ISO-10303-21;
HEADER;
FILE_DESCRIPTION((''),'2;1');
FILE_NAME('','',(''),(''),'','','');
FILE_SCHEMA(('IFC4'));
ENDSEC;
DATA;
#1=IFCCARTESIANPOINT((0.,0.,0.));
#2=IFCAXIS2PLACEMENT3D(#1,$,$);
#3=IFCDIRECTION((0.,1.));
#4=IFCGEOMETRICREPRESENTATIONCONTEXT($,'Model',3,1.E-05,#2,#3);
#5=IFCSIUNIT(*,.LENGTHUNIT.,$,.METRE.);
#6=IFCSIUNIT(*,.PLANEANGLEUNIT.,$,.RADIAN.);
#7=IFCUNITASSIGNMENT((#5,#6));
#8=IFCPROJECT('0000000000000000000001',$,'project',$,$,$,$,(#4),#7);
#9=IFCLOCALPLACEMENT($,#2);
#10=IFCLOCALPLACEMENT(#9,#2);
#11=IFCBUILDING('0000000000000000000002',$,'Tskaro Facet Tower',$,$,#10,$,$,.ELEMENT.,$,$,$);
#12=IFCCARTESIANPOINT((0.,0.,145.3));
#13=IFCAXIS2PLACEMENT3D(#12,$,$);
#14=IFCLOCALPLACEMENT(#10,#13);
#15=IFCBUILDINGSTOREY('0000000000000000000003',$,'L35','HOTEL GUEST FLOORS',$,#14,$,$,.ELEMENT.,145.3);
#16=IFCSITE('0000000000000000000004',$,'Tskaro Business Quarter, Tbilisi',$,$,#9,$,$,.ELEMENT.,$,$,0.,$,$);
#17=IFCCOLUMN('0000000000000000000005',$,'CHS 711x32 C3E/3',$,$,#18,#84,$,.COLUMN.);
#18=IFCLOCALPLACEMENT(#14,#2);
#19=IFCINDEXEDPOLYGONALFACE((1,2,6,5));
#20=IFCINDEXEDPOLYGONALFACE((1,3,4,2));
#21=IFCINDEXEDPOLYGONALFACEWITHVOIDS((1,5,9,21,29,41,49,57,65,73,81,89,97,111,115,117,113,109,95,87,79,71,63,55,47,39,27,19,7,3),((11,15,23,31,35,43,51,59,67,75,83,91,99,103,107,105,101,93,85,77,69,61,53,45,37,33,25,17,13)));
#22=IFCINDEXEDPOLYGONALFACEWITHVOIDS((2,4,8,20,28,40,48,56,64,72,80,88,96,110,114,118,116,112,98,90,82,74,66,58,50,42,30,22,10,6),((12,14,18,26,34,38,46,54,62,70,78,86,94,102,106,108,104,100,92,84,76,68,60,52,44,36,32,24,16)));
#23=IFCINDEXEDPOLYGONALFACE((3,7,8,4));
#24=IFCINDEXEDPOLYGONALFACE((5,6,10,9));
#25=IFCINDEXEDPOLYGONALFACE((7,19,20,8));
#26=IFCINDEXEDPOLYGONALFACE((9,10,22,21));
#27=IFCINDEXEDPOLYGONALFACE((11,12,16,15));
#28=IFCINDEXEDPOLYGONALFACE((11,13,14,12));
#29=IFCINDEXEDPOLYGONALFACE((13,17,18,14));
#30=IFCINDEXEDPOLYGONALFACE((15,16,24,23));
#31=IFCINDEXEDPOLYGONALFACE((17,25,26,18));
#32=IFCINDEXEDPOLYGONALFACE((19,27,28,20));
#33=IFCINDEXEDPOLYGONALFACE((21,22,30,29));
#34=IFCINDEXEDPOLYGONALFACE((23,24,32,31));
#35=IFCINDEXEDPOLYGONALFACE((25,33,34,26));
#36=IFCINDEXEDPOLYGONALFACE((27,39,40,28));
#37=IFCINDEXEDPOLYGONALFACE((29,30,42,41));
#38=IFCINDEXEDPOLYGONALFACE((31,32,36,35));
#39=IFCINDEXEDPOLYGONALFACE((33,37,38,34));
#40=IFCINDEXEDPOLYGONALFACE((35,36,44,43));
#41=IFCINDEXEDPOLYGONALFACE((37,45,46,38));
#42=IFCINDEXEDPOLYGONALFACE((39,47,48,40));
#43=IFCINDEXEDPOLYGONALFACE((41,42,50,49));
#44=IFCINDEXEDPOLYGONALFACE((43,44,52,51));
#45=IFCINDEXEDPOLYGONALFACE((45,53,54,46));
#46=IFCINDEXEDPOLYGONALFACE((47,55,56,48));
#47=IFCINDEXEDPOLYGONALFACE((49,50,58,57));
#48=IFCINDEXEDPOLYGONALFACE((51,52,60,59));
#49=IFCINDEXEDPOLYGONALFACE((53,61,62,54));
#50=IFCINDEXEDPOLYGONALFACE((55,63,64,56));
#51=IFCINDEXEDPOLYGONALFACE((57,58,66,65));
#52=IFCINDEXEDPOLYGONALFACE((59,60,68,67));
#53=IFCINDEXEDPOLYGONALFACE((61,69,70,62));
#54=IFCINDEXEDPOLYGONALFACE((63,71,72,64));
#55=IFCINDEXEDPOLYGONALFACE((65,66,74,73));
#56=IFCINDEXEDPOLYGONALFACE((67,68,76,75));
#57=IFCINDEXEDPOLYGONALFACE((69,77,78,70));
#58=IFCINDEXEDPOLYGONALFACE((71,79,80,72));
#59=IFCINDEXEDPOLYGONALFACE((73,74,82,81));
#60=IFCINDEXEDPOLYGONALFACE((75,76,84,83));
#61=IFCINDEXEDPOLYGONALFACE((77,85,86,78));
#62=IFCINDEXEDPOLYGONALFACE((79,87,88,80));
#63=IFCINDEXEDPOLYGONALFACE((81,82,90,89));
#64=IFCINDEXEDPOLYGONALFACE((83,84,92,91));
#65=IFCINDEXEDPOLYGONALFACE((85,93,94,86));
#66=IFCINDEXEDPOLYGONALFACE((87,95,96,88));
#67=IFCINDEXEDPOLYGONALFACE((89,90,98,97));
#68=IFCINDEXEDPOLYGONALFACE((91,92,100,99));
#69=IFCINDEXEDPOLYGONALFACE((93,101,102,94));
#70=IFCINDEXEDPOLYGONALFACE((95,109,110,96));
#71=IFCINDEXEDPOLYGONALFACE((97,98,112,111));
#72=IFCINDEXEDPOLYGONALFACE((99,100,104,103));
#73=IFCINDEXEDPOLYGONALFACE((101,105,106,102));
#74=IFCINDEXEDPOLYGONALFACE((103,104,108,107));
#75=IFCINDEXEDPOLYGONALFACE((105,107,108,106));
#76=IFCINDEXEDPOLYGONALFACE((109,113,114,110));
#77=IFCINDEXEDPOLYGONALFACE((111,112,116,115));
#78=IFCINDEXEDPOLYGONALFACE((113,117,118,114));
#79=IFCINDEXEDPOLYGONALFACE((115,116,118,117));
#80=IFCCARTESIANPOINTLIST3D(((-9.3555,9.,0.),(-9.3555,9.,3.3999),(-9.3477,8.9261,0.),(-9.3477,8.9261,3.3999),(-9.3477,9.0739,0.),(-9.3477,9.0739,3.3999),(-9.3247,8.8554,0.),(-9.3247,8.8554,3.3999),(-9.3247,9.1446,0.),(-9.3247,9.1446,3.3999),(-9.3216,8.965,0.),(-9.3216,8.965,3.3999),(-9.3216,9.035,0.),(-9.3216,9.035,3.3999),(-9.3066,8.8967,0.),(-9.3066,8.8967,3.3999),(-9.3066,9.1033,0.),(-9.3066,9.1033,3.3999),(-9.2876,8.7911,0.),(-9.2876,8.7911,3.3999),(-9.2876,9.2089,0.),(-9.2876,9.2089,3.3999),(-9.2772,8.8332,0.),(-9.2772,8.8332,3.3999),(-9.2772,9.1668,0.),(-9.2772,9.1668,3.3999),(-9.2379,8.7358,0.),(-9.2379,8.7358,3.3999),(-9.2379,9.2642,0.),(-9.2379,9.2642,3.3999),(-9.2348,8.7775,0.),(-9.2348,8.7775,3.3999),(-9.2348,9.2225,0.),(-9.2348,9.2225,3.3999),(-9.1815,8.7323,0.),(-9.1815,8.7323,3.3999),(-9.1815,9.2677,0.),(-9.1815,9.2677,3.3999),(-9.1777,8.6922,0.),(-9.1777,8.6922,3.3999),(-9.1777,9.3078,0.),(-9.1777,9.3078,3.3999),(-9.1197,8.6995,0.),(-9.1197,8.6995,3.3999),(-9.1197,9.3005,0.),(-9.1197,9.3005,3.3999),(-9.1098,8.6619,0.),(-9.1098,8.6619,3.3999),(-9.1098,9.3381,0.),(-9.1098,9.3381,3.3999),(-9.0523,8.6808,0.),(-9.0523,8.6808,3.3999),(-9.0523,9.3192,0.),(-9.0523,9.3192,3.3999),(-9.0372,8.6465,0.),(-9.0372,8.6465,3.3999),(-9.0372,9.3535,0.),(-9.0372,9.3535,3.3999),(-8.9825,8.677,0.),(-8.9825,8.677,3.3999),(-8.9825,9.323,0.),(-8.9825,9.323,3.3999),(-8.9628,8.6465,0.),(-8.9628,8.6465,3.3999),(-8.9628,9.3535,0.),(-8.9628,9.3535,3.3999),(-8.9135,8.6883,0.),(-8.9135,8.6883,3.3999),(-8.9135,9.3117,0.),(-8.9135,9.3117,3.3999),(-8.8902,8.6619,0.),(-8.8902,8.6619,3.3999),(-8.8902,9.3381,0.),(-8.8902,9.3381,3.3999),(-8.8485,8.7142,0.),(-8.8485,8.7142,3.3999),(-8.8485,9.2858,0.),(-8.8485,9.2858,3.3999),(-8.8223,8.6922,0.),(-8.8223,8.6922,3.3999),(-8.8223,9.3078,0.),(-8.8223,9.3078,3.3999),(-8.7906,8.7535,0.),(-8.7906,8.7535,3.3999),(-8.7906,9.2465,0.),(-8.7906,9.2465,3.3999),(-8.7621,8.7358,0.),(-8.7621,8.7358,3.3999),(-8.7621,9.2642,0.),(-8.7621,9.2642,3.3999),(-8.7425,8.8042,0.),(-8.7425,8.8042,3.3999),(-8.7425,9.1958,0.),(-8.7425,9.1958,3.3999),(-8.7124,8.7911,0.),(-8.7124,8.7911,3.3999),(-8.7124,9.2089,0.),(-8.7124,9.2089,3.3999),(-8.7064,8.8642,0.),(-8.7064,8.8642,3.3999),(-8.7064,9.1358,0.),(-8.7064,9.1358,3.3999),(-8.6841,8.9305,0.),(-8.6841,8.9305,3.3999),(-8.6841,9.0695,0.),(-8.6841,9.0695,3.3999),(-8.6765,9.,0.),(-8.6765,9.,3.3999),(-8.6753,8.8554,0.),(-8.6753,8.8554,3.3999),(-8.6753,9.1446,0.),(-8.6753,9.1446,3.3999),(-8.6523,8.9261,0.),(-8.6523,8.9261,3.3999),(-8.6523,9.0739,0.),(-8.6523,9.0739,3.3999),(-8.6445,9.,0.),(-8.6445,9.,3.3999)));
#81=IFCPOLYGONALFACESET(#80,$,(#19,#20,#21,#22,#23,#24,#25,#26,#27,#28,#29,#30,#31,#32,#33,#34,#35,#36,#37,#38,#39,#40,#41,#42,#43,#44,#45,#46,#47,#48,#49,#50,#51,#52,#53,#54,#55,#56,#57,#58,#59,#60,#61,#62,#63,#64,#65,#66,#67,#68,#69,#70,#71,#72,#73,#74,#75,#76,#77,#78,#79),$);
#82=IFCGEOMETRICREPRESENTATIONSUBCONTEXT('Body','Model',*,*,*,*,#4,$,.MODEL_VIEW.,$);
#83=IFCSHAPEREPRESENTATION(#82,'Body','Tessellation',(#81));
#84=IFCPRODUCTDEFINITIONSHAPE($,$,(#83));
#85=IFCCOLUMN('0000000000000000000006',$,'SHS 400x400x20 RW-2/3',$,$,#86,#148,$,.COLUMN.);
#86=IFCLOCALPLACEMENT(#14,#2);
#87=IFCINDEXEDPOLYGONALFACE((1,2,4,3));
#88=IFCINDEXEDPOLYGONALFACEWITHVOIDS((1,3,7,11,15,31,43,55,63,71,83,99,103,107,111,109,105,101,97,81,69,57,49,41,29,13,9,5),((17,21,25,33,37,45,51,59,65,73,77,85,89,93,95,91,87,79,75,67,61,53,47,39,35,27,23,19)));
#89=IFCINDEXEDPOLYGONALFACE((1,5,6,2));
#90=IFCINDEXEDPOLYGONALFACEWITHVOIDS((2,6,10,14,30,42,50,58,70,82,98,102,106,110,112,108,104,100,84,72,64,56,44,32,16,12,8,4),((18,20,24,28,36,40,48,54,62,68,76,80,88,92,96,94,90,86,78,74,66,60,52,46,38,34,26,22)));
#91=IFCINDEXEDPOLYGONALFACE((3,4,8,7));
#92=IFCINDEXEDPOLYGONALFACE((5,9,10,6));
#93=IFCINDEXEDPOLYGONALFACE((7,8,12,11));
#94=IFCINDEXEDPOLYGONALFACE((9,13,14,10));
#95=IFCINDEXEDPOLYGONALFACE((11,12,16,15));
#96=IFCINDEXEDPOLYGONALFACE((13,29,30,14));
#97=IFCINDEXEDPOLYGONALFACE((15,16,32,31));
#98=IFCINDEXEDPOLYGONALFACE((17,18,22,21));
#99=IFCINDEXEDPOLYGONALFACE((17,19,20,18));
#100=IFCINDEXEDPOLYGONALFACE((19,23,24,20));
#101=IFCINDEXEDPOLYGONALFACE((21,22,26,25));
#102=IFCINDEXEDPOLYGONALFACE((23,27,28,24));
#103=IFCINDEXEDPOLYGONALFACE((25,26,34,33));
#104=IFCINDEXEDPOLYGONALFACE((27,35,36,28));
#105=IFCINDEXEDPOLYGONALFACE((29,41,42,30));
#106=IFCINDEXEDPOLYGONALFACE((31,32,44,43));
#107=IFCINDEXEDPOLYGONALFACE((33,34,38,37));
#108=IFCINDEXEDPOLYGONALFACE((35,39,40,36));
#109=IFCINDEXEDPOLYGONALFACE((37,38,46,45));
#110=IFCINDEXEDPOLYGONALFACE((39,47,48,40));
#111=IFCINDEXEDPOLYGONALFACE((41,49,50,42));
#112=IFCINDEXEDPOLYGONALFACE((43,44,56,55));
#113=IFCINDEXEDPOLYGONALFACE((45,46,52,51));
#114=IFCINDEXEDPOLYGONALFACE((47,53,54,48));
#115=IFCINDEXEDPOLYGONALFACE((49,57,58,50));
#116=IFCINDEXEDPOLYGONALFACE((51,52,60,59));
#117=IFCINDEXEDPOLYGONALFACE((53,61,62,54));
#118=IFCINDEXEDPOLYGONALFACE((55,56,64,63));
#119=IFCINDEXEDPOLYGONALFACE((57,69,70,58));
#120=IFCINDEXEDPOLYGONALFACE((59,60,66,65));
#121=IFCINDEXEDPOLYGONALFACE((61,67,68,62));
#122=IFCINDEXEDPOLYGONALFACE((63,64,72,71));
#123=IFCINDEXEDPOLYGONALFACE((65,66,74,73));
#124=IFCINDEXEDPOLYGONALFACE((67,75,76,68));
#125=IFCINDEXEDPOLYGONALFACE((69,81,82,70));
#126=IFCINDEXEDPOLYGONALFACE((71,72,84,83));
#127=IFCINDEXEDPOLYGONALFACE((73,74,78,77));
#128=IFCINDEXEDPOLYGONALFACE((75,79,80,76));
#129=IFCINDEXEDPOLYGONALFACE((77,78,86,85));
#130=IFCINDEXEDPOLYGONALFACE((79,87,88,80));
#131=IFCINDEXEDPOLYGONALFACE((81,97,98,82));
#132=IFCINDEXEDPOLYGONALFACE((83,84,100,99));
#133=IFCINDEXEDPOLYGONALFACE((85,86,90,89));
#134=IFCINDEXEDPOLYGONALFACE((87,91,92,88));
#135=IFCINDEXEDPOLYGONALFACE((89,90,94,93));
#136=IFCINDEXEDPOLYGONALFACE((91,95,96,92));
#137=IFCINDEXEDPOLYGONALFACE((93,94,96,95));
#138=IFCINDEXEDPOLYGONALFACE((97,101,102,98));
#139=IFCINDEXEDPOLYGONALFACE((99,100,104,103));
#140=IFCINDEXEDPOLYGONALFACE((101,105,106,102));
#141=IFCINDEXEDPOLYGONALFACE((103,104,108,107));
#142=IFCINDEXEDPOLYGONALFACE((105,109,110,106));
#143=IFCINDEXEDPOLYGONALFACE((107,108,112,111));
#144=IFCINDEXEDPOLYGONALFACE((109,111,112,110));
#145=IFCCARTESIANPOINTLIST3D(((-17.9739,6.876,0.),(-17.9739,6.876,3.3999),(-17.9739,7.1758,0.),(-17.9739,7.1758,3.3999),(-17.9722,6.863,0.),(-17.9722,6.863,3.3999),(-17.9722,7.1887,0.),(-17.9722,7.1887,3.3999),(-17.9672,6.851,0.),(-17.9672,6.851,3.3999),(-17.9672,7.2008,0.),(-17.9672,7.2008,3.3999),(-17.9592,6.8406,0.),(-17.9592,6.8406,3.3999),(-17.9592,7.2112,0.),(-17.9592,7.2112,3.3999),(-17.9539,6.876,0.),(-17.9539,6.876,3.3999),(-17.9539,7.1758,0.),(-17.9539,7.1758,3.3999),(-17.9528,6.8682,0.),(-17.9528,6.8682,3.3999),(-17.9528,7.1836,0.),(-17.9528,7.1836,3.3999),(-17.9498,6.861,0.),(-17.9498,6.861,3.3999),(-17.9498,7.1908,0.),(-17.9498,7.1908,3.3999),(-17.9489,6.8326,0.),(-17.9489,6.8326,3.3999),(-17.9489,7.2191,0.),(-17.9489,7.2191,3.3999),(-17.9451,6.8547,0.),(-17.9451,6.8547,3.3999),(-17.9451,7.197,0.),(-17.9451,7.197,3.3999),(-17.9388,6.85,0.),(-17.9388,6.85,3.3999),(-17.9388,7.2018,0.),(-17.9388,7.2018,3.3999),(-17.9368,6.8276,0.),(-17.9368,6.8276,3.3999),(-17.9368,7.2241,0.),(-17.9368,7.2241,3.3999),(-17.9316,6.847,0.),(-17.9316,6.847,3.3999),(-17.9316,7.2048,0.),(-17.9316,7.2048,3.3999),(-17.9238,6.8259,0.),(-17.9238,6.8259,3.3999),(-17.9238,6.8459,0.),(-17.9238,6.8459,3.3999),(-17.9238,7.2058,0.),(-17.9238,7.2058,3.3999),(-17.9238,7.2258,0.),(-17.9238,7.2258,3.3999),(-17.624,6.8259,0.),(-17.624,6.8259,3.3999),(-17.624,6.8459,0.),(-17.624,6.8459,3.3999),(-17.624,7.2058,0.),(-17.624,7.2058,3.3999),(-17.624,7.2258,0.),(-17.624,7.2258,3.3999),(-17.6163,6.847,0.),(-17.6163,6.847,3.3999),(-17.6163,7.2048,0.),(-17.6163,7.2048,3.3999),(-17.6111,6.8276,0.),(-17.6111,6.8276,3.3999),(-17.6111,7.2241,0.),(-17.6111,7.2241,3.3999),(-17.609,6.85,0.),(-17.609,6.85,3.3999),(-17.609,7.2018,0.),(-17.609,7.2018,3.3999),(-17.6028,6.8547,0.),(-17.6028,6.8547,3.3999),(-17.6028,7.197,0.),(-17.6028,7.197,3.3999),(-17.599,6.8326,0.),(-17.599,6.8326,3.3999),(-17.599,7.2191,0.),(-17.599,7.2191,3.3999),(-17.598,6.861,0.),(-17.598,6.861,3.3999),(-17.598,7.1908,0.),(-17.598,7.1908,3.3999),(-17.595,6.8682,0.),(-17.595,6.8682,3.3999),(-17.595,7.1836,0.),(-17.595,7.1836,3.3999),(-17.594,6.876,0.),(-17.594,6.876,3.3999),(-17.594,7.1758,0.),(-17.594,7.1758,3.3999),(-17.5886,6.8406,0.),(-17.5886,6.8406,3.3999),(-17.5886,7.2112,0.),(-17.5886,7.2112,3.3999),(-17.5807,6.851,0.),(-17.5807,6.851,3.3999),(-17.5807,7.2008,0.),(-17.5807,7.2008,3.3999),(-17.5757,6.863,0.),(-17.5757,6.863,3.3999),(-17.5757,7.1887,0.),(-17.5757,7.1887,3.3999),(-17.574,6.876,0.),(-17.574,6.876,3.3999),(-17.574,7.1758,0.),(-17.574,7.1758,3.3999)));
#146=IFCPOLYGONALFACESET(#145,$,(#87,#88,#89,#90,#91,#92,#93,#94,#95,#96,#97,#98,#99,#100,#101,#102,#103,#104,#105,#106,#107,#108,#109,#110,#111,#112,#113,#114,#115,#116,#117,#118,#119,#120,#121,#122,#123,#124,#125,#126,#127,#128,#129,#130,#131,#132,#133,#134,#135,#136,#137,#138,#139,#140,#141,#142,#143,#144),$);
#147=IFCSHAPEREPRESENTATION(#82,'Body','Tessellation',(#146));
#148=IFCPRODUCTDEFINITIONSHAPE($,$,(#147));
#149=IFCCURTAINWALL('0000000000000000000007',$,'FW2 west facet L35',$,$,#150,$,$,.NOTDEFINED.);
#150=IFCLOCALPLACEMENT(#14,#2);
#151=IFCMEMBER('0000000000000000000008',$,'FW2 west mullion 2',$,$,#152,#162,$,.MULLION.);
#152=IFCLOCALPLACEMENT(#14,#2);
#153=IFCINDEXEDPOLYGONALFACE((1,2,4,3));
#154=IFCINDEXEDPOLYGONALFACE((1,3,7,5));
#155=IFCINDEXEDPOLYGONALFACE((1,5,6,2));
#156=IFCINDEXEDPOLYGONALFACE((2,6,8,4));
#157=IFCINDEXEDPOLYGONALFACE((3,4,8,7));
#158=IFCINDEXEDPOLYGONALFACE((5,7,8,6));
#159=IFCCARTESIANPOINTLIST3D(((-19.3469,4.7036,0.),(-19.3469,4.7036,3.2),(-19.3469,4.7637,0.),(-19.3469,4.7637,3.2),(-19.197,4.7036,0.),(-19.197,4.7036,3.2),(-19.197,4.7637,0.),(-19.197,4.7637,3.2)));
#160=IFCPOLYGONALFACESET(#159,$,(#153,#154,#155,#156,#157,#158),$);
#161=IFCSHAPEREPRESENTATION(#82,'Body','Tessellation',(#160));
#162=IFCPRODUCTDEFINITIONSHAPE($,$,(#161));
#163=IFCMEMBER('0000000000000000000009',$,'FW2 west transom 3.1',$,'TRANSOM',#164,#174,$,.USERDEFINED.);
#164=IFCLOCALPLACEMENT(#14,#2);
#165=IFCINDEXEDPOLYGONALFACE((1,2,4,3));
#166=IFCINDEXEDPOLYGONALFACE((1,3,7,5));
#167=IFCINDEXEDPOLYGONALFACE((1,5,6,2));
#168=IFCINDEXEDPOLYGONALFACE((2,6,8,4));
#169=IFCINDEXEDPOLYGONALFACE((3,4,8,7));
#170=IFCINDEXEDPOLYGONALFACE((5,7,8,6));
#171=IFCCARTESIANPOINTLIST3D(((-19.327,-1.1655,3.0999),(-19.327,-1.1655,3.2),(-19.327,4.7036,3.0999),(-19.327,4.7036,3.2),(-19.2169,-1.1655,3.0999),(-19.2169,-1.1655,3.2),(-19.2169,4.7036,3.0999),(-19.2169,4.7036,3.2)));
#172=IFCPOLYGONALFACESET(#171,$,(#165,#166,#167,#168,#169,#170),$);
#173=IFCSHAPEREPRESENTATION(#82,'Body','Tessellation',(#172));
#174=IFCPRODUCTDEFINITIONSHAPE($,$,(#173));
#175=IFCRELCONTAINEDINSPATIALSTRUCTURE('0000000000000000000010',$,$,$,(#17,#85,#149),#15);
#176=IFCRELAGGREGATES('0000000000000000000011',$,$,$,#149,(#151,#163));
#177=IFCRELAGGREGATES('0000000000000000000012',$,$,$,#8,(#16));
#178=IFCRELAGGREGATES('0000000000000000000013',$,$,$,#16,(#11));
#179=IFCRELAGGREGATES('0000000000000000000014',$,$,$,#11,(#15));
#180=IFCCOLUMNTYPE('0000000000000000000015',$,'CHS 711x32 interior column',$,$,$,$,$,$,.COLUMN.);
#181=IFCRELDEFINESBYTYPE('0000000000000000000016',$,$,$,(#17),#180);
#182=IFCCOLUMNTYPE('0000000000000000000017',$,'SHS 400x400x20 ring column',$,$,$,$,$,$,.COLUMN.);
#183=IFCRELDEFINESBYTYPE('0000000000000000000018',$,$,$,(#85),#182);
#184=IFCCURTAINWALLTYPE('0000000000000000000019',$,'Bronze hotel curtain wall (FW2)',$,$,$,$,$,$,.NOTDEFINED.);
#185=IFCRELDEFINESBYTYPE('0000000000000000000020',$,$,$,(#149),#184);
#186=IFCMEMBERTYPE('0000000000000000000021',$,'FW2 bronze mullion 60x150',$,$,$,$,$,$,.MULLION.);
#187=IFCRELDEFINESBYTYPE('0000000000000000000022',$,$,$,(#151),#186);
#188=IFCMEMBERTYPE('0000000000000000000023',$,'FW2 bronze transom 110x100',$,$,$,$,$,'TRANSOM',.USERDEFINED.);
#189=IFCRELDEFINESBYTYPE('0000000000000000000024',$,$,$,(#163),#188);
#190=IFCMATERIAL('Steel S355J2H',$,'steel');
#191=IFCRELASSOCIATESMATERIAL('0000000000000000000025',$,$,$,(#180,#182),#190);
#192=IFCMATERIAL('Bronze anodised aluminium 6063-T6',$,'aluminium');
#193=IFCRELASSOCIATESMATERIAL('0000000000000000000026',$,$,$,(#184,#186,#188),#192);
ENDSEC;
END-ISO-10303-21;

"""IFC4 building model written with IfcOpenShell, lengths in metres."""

from ifc_helpers import new_model, si_unit, direction, frame, origin, origin_2d, place, context, subcontext, project, spatial, rectangle, hollow_rectangle, hollow_circle, extrude, material, material_profile, profile_set, type_object, element, aggregate, save


model = new_model("IFC4")

# Units and contexts
model_context = context("Model", 3, precision=1e-05, world=origin(), true_north=direction((0.0, 1.0)))
body_context = subcontext(model_context, "Body", "Model", "MODEL_VIEW")
ifc_project = project(units=[si_unit("LENGTHUNIT", "METRE"), si_unit("PLANEANGLEUNIT", "RADIAN")], contexts=[model_context])

# Site, building, storey
site_placement = place(None, origin())
site = spatial("IfcSite", under=ifc_project, at=site_placement, Name="Tskaro Business Quarter, Tbilisi", CompositionType="ELEMENT", RefElevation=0.0)
building_placement = place(site_placement, origin())
building = spatial("IfcBuilding", under=site, at=building_placement, Name="Tskaro Facet Tower", CompositionType="ELEMENT")
storey_placement = place(building_placement, frame((0.0, 0.0, 145.3)))
storey = spatial("IfcBuildingStorey", under=building, at=storey_placement, Name="L35", Description="HOTEL GUEST FLOORS", CompositionType="ELEMENT", Elevation=145.3)

# Columns
ifc_material_1 = material(Name="Steel S355J2H", Category="steel")
ifc_material_profile_1 = material_profile(ifc_material_1, hollow_circle(Radius=0.3555, WallThickness=0.032, at=origin_2d()), Name="CHS 711x32")
ifc_profile_set_1 = profile_set([ifc_material_profile_1], Name="Steel S355J2H")
column_type_1 = type_object("IfcColumnType", Name="CHS 711x32 interior column", PredefinedType="COLUMN", material=ifc_profile_set_1)
column_1_placement = place(storey_placement, frame((-9.0, 9.0, 0.0), z_axis=(0.0, 0.0, 1.0), x_axis=(1.0, 0.0, 0.0)))
element("IfcColumn", 1, at=column_1_placement, inside=storey, type_object=column_type_1, Name="CHS 711x32 C3E/3", PredefinedType="COLUMN", context=body_context, shape_type="SweptSolid", body=[
    extrude(hollow_circle(Radius=0.3555, WallThickness=0.032, at=origin_2d()), origin(), (0.0, 0.0, 1.0), 3.3999),
])
ifc_material_profile_2 = material_profile(ifc_material_1, hollow_rectangle(XDim=0.3999, YDim=0.3999, WallThickness=0.02, InnerFilletRadius=0.03, OuterFilletRadius=0.05, at=origin_2d()), Name="SHS 400x400x20")
ifc_profile_set_2 = profile_set([ifc_material_profile_2], Name="Steel S355J2H")
column_type_2 = type_object("IfcColumnType", Name="SHS 400x400x20 ring column", PredefinedType="COLUMN", material=ifc_profile_set_2)
column_2_placement = place(storey_placement, frame((-17.7739, 7.0259, 0.0), z_axis=(0.0, 0.0, 1.0), x_axis=(1.0, 0.0, 0.0)))
element("IfcColumn", 2, at=column_2_placement, inside=storey, type_object=column_type_2, Name="SHS 400x400x20 RW-2/3", PredefinedType="COLUMN", context=body_context, shape_type="SweptSolid", body=[
    extrude(hollow_rectangle(XDim=0.3999, YDim=0.3999, WallThickness=0.02, InnerFilletRadius=0.03, OuterFilletRadius=0.05, at=origin_2d()), origin(), (0.0, 0.0, 1.0), 3.3999),
])

# Curtain wall, members
ifc_material_2 = material(Name="Bronze anodised aluminium 6063-T6", Category="aluminium")
curtain_wall_type = type_object("IfcCurtainWallType", Name="Bronze hotel curtain wall (FW2)", PredefinedType="NOTDEFINED", material=ifc_material_2)
curtain_wall_placement = place(storey_placement, origin())
curtain_wall = element("IfcCurtainWall", 3, at=curtain_wall_placement, inside=storey, type_object=curtain_wall_type, Name="FW2 west facet L35", PredefinedType="NOTDEFINED")
ifc_material_profile_3 = material_profile(ifc_material_2, rectangle(XDim=0.0601, YDim=0.1499, at=origin_2d()), Name="Mullion 60x150")
ifc_profile_set_3 = profile_set([ifc_material_profile_3], Name="Bronze anodised aluminium 6063-T6")
member_type_1 = type_object("IfcMemberType", Name="FW2 bronze mullion 60x150", PredefinedType="MULLION", material=ifc_profile_set_3)
member_1_placement = place(storey_placement, frame((-19.272, 4.7336, 0.0), z_axis=(0.0, 0.0, 1.0), x_axis=(0.0, -1.0, 0.0)))
member_1 = element("IfcMember", 4, at=member_1_placement, type_object=member_type_1, Name="FW2 west mullion 2", PredefinedType="MULLION", context=body_context, shape_type="SweptSolid", body=[
    extrude(rectangle(XDim=0.0601, YDim=0.1499, at=origin_2d()), origin(), (0.0, 0.0, 1.0), 3.2),
])
ifc_material_profile_4 = material_profile(ifc_material_2, rectangle(XDim=0.1101, YDim=0.1001, at=origin_2d()), Name="Transom 110x100")
ifc_profile_set_4 = profile_set([ifc_material_profile_4], Name="Bronze anodised aluminium 6063-T6")
member_type_2 = type_object("IfcMemberType", Name="FW2 bronze transom 110x100", ElementType="TRANSOM", PredefinedType="USERDEFINED", material=ifc_profile_set_4)
member_2_placement = place(storey_placement, frame((-19.272, 4.7036, 3.1499), z_axis=(0.0, -1.0, 0.0), x_axis=(1.0, 0.0, 0.0)))
member_2 = element("IfcMember", 5, at=member_2_placement, type_object=member_type_2, Name="FW2 west transom 3.1", ObjectType="TRANSOM", PredefinedType="USERDEFINED", context=body_context, shape_type="SweptSolid", body=[
    extrude(rectangle(XDim=0.1101, YDim=0.1001, at=origin_2d()), origin(), (0.0, 0.0, 1.0), 5.8691),
])

aggregate(curtain_wall, [member_1, member_2])

save(model, "model.ifc")
